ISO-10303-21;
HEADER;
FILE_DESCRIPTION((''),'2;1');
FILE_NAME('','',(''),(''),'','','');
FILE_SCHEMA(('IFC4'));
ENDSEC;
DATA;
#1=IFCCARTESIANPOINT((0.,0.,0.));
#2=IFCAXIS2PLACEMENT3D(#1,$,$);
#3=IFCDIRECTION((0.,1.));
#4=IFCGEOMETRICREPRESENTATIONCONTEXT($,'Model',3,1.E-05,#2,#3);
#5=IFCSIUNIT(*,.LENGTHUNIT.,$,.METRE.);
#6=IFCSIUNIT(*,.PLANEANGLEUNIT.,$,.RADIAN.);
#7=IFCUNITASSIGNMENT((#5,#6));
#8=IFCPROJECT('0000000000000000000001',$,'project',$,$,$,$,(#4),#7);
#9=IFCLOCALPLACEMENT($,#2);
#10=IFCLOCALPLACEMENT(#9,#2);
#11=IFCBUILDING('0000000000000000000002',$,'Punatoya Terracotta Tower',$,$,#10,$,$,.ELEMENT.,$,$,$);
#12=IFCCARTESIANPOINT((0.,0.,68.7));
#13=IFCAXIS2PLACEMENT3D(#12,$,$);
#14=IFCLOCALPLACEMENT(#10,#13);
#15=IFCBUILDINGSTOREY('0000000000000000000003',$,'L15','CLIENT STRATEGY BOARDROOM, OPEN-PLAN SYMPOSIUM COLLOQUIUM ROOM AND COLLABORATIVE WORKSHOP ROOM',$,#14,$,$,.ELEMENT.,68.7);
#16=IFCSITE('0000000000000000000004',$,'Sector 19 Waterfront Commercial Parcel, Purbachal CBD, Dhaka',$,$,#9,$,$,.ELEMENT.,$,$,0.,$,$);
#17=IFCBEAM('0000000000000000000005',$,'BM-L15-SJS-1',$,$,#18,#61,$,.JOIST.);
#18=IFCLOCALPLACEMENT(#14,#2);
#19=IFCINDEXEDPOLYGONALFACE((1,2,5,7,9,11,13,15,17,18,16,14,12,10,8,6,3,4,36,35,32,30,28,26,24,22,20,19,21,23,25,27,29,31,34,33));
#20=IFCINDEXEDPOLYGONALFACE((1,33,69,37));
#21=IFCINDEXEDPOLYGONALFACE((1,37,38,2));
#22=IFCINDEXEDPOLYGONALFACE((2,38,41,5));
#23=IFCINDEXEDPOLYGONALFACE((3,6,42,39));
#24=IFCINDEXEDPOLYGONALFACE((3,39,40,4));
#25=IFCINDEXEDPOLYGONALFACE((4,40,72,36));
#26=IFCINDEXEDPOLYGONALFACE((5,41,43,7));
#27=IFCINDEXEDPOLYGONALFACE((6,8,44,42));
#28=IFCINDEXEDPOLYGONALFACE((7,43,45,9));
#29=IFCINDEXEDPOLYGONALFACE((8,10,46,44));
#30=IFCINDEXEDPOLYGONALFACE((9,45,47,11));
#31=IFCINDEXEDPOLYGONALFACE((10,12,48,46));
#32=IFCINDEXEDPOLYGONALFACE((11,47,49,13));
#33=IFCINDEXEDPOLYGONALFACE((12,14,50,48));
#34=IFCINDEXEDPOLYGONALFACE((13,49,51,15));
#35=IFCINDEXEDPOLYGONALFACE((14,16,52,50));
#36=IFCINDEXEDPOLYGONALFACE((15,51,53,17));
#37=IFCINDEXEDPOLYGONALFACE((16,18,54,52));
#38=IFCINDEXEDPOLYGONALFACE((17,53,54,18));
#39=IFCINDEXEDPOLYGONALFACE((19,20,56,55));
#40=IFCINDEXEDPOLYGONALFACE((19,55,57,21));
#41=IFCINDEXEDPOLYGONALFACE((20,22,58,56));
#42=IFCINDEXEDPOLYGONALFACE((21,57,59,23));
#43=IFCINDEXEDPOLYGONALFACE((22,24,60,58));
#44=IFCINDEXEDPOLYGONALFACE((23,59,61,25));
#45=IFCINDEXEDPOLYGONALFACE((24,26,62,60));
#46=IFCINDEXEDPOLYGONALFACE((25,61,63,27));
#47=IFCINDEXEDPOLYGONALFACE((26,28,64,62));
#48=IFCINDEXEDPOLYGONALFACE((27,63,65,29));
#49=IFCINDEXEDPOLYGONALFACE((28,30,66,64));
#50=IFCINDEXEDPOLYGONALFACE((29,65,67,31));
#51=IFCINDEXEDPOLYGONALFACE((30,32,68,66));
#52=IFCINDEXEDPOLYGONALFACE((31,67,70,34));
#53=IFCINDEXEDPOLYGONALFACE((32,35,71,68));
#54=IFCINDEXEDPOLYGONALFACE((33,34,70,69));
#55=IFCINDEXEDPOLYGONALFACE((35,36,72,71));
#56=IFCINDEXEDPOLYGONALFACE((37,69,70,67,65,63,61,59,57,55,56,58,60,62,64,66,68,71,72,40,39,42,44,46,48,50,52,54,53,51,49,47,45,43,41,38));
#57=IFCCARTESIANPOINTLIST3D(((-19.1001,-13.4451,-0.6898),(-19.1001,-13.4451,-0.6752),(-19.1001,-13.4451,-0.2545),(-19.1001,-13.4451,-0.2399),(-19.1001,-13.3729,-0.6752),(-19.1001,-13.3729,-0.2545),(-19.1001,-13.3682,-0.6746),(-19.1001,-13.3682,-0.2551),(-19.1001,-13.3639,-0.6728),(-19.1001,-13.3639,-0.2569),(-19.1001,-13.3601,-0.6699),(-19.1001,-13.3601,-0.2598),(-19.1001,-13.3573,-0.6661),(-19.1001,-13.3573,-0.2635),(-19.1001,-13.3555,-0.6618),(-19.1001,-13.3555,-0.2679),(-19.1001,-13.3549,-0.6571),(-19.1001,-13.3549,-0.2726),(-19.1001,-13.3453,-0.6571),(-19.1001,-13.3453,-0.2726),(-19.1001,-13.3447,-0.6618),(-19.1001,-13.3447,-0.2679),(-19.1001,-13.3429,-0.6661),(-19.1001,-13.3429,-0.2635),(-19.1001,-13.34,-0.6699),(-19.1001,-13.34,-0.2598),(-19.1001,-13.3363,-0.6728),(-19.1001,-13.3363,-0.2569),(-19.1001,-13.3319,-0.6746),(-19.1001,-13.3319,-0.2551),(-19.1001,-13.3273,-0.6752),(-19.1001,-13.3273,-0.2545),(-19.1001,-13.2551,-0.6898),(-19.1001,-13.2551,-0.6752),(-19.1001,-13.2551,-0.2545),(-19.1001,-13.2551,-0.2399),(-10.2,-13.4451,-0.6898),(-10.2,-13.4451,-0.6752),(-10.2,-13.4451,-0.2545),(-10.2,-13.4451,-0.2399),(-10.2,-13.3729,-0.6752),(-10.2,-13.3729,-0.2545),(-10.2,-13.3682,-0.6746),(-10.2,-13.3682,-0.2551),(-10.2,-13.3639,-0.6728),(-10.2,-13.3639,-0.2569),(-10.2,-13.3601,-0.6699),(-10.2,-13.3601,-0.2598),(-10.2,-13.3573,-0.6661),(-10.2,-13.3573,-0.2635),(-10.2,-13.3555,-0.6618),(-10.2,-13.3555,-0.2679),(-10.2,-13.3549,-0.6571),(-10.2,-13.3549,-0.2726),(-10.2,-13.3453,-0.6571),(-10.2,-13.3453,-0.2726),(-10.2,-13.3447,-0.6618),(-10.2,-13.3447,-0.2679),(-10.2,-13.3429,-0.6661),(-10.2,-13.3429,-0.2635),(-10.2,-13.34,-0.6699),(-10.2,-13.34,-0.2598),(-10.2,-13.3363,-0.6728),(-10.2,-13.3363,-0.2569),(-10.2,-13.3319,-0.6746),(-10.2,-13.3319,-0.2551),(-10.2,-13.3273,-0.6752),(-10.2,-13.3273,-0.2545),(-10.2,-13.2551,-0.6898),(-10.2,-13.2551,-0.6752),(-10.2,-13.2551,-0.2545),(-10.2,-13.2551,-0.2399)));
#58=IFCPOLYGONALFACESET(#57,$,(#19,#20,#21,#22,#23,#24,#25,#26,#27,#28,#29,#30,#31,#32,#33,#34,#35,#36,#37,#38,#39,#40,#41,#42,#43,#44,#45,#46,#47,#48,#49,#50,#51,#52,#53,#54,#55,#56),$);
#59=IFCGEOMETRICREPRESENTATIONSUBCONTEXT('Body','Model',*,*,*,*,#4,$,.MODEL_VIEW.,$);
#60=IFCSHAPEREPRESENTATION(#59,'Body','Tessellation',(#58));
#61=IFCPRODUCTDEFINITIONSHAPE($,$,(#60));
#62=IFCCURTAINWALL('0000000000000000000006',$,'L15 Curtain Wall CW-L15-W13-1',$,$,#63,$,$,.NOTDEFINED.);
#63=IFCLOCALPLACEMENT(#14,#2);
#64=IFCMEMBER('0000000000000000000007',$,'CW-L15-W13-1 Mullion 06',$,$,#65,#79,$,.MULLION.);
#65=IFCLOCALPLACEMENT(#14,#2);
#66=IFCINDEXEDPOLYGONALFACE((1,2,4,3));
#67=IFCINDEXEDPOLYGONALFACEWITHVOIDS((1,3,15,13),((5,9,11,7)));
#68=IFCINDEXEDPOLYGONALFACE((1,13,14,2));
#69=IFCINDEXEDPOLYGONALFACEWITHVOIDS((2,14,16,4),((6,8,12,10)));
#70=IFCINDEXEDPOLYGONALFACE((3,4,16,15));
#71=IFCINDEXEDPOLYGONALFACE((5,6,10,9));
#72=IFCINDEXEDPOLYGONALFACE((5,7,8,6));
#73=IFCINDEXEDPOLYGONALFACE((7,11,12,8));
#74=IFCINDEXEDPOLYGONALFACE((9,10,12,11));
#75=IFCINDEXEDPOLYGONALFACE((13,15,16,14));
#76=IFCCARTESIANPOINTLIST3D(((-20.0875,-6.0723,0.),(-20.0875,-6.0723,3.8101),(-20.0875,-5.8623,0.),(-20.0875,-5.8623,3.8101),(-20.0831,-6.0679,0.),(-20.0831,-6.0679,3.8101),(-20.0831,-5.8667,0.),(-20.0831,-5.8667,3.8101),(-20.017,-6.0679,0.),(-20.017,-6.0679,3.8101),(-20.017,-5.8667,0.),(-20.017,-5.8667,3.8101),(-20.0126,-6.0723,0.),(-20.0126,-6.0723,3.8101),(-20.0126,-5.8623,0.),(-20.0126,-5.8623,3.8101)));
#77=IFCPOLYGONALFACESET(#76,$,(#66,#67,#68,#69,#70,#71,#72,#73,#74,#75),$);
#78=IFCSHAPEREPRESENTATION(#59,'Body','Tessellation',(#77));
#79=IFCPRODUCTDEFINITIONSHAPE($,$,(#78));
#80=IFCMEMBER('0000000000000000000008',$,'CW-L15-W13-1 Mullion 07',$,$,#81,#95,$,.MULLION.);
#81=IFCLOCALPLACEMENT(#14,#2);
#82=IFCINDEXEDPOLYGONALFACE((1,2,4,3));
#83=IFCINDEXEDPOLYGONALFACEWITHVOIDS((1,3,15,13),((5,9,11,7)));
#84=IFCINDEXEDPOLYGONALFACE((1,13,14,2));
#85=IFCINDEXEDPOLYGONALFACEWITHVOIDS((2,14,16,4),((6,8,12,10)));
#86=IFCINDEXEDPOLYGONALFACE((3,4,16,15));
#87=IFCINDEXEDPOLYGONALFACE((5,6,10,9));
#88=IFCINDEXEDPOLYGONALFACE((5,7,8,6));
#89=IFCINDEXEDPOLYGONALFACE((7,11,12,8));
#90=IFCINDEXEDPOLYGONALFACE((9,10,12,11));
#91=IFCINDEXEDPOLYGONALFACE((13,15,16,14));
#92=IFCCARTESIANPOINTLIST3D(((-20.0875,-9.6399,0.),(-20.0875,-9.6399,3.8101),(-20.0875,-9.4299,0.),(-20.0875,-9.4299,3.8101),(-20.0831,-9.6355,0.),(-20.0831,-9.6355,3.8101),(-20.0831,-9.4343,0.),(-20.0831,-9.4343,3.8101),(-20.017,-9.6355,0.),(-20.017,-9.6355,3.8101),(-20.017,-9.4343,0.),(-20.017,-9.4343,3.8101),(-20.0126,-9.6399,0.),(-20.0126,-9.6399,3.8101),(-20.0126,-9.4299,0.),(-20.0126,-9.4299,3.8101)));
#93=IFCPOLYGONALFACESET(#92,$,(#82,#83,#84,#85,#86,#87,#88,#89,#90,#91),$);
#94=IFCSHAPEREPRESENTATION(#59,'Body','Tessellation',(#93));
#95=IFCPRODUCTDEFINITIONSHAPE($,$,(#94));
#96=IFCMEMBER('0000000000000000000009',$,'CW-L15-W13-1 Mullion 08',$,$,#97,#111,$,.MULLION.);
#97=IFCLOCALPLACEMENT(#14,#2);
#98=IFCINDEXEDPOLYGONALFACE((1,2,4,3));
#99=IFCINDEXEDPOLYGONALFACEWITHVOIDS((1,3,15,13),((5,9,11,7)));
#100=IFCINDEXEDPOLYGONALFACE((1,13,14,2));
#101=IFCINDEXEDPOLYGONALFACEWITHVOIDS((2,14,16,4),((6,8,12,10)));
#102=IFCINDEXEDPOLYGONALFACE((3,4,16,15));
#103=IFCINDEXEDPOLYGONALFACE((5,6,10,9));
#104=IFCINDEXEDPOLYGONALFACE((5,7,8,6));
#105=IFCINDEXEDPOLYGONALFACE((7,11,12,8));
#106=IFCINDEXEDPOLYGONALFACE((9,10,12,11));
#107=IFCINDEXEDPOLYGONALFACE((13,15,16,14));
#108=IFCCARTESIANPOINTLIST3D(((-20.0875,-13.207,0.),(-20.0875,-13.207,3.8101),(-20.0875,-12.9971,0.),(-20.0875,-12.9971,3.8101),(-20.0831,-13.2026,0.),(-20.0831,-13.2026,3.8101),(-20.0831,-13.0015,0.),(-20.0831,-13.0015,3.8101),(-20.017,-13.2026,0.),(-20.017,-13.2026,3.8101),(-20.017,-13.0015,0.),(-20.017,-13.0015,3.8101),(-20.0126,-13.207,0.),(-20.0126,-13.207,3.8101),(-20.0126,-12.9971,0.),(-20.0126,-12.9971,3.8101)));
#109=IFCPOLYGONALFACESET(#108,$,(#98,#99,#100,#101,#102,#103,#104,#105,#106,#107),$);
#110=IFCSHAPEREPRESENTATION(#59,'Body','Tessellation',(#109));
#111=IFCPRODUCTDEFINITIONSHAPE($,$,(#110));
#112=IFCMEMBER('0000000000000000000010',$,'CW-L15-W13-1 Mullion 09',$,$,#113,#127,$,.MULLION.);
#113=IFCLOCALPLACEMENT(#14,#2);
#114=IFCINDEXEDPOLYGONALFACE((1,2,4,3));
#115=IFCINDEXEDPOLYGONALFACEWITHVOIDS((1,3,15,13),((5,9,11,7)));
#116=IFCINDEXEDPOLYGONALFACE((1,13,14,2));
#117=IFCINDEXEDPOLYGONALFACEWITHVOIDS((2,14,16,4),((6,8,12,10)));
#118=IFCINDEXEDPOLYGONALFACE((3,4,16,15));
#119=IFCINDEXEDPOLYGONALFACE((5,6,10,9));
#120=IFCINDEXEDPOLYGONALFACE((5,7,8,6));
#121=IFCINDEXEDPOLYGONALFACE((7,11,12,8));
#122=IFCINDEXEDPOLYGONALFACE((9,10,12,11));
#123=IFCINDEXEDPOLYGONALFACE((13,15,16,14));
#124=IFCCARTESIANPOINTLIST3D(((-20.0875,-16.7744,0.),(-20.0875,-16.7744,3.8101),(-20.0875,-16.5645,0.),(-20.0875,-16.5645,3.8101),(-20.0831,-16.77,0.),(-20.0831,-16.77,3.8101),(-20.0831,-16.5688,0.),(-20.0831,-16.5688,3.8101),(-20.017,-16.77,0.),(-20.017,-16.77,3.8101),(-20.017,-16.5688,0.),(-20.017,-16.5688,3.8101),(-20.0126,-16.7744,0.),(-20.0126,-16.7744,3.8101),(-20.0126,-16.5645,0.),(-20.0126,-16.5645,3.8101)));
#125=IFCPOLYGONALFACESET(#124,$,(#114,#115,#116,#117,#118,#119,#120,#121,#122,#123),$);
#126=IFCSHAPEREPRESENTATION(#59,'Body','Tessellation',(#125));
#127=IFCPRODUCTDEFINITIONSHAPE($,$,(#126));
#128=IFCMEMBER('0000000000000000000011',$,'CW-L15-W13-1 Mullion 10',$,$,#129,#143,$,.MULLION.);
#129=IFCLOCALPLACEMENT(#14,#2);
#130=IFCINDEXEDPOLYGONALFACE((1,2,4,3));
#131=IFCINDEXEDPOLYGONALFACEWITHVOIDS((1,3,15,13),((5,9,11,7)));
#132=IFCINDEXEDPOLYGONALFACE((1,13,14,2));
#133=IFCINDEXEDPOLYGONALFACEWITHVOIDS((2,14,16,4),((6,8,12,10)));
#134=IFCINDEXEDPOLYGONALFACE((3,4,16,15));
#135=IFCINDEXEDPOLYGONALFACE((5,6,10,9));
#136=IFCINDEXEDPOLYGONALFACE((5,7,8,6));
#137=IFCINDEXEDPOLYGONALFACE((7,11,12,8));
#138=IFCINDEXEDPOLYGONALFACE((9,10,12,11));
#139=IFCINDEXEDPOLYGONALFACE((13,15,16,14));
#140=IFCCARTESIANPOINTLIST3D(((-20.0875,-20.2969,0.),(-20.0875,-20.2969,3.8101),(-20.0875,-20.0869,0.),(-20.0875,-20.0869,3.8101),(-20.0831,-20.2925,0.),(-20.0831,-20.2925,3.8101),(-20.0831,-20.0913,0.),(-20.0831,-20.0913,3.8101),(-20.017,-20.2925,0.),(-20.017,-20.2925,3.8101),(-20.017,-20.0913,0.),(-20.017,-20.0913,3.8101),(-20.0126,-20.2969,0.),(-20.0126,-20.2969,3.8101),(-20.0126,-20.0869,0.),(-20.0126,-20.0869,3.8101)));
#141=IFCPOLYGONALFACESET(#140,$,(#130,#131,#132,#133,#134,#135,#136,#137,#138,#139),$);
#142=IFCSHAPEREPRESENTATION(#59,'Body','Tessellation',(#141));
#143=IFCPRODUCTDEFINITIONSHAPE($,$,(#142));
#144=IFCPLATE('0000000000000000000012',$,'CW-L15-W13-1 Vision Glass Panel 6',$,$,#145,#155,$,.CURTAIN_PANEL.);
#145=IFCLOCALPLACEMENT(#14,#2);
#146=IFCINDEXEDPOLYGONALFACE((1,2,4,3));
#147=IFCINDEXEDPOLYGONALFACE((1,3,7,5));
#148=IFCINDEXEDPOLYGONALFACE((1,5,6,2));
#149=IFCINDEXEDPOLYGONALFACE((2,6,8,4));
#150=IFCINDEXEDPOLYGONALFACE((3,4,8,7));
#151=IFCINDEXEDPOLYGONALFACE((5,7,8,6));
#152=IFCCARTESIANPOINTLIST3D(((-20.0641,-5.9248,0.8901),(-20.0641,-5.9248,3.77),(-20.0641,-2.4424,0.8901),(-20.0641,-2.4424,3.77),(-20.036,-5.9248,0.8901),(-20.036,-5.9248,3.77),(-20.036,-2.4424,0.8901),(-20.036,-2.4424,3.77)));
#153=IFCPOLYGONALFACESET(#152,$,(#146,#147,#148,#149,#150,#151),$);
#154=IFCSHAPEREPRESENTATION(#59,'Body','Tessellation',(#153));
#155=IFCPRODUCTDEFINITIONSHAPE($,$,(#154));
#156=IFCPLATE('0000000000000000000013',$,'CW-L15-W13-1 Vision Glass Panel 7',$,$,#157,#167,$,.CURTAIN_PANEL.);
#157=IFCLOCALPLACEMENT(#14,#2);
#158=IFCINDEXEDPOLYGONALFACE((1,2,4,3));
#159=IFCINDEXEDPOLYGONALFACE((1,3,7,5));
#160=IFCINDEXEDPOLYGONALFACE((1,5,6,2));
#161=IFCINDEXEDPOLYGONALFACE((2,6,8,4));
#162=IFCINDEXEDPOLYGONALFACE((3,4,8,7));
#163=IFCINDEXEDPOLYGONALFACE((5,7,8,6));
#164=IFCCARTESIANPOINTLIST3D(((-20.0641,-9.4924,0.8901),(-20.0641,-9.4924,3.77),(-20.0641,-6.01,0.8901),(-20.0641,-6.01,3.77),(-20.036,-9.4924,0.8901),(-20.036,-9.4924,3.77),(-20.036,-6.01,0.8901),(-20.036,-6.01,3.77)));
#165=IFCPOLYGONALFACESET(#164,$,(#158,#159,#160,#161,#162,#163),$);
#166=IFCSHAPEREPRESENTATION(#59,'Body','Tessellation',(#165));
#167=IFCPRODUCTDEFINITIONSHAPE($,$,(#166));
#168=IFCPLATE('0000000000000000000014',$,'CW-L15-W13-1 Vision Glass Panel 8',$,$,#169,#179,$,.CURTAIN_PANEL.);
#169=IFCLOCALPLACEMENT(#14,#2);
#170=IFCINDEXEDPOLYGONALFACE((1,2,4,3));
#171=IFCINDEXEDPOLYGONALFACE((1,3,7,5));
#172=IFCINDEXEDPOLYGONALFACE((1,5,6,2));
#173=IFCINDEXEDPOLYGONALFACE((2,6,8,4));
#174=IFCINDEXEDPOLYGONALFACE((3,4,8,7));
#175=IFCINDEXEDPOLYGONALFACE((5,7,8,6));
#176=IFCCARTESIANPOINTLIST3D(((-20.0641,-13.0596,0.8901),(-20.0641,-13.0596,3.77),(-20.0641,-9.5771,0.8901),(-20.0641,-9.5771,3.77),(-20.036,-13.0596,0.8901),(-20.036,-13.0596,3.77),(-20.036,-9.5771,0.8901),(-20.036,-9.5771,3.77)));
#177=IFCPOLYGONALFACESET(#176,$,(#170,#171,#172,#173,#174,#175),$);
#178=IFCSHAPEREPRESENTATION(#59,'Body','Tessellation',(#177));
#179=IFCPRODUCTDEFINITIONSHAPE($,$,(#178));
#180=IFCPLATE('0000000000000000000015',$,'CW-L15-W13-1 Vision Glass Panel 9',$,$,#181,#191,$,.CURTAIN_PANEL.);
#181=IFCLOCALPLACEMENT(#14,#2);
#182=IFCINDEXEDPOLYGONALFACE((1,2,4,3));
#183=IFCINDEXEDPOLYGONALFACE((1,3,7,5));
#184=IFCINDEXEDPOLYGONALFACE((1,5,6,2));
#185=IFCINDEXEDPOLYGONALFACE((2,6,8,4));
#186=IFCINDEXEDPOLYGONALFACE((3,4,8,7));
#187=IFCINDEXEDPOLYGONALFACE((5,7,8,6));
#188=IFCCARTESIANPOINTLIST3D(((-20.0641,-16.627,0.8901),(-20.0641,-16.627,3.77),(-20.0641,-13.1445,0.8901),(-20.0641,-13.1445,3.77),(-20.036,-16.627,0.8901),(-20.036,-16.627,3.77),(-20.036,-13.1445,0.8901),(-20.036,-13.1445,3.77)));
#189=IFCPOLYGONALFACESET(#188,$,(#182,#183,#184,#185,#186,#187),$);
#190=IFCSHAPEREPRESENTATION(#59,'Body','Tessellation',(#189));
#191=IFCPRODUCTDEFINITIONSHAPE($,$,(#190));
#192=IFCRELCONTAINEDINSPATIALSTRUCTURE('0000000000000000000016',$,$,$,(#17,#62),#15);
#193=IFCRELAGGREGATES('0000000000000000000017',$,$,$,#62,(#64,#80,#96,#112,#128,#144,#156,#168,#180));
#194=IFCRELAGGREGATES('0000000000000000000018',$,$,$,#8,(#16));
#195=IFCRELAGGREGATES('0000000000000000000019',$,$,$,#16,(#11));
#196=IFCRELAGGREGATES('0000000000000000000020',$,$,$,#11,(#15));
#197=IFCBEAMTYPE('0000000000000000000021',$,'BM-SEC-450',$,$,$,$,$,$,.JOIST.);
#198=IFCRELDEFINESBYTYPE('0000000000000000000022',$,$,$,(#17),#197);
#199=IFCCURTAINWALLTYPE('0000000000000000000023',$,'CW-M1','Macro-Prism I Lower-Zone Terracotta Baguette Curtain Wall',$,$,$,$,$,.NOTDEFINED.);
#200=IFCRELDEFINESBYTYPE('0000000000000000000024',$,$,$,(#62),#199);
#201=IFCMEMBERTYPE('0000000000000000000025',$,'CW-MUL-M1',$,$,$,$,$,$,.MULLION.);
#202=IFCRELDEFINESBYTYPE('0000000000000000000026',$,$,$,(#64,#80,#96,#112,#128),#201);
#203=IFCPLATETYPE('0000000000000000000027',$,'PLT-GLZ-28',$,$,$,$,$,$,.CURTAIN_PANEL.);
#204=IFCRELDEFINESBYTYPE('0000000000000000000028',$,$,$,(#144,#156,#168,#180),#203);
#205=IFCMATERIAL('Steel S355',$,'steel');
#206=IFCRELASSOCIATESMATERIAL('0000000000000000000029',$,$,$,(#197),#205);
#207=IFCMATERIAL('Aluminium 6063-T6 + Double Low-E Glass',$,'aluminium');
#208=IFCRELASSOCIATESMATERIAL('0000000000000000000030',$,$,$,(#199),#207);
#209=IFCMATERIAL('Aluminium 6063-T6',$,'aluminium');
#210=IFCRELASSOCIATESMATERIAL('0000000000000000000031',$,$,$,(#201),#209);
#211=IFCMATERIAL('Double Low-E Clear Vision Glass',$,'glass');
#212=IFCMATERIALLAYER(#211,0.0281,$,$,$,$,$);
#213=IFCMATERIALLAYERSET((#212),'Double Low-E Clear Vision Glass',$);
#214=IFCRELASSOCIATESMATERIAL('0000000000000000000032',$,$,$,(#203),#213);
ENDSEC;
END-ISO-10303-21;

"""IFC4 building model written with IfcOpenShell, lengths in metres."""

from ifc_helpers import new_model, si_unit, direction, frame, origin, origin_2d, place, context, subcontext, project, spatial, rectangle, hollow_rectangle, i_section, extrude, material, layer, layer_set, material_profile, profile_set, type_object, element, aggregate, save


model = new_model("IFC4")

# Units and contexts
model_context = context("Model", 3, precision=1e-05, world=origin(), true_north=direction((0.0, 1.0)))
body_context = subcontext(model_context, "Body", "Model", "MODEL_VIEW")
ifc_project = project(units=[si_unit("LENGTHUNIT", "METRE"), si_unit("PLANEANGLEUNIT", "RADIAN")], contexts=[model_context])

# Site, building, storey
site_placement = place(None, origin())
site = spatial("IfcSite", under=ifc_project, at=site_placement, Name="Sector 19 Waterfront Commercial Parcel, Purbachal CBD, Dhaka", CompositionType="ELEMENT", RefElevation=0.0)
building_placement = place(site_placement, origin())
building = spatial("IfcBuilding", under=site, at=building_placement, Name="Punatoya Terracotta Tower", CompositionType="ELEMENT")
storey_placement = place(building_placement, frame((0.0, 0.0, 68.7)))
storey = spatial("IfcBuildingStorey", under=building, at=storey_placement, Name="L15", Description="CLIENT STRATEGY BOARDROOM, OPEN-PLAN SYMPOSIUM COLLOQUIUM ROOM AND COLLABORATIVE WORKSHOP ROOM", CompositionType="ELEMENT", Elevation=68.7)

# Beam
ifc_material_1 = material(Name="Steel S355", Category="steel")
ifc_material_profile_1 = material_profile(ifc_material_1, i_section(OverallWidth=0.1899, OverallDepth=0.45, WebThickness=0.0095, FlangeThickness=0.0146, FilletRadius=0.0181, at=origin_2d()))
ifc_profile_set_1 = profile_set([ifc_material_profile_1], Name="Steel S355")
beam_type_1 = type_object("IfcBeamType", Name="BM-SEC-450", PredefinedType="JOIST", material=ifc_profile_set_1)
beam_1_placement = place(storey_placement, frame((-19.1001, -13.3501, -0.4648), z_axis=(1.0, 0.0, 0.0), x_axis=(0.0, 1.0, 0.0)))
element("IfcBeam", 1, at=beam_1_placement, inside=storey, type_object=beam_type_1, Name="BM-L15-SJS-1", PredefinedType="JOIST", context=body_context, shape_type="SweptSolid", body=[
    extrude(i_section(OverallWidth=0.1899, OverallDepth=0.45, WebThickness=0.0095, FlangeThickness=0.0146, FilletRadius=0.0181, at=origin_2d()), origin(), (0.0, 0.0, 1.0), 8.9001),
])

# Curtain wall, members, plates
ifc_material_2 = material(Name="Aluminium 6063-T6 + Double Low-E Glass", Category="aluminium")
curtain_wall_type = type_object("IfcCurtainWallType", Name="CW-M1", Description="Macro-Prism I Lower-Zone Terracotta Baguette Curtain Wall", PredefinedType="NOTDEFINED", material=ifc_material_2)
curtain_wall_placement = place(storey_placement, origin())
curtain_wall = element("IfcCurtainWall", 2, at=curtain_wall_placement, inside=storey, type_object=curtain_wall_type, Name="L15 Curtain Wall CW-L15-W13-1", PredefinedType="NOTDEFINED")
ifc_material_3 = material(Name="Aluminium 6063-T6", Category="aluminium")
ifc_material_profile_2 = material_profile(ifc_material_3, hollow_rectangle(XDim=0.075, YDim=0.21, WallThickness=0.0044, at=origin_2d()))
ifc_profile_set_2 = profile_set([ifc_material_profile_2], Name="Aluminium 6063-T6")
member_type = type_object("IfcMemberType", Name="CW-MUL-M1", PredefinedType="MULLION", material=ifc_profile_set_2)
member_1_placement = place(storey_placement, frame((-20.05, -5.9673, 0.0), z_axis=(0.0, 0.0, 1.0), x_axis=(1.0, 0.0, 0.0)))
member_1 = element("IfcMember", 3, at=member_1_placement, type_object=member_type, Name="CW-L15-W13-1 Mullion 06", PredefinedType="MULLION", context=body_context, shape_type="SweptSolid", body=[
    extrude(hollow_rectangle(XDim=0.075, YDim=0.21, WallThickness=0.0044, at=origin_2d()), origin(), (0.0, 0.0, 1.0), 3.8101),
])
member_2_placement = place(storey_placement, frame((-20.05, -9.5349, 0.0), z_axis=(0.0, 0.0, 1.0), x_axis=(1.0, 0.0, 0.0)))
member_2 = element("IfcMember", 4, at=member_2_placement, type_object=member_type, Name="CW-L15-W13-1 Mullion 07", PredefinedType="MULLION", context=body_context, shape_type="SweptSolid", body=[
    extrude(hollow_rectangle(XDim=0.075, YDim=0.21, WallThickness=0.0044, at=origin_2d()), origin(), (0.0, 0.0, 1.0), 3.8101),
])
member_3_placement = place(storey_placement, frame((-20.05, -13.1021, 0.0), z_axis=(0.0, 0.0, 1.0), x_axis=(1.0, 0.0, 0.0)))
member_3 = element("IfcMember", 5, at=member_3_placement, type_object=member_type, Name="CW-L15-W13-1 Mullion 08", PredefinedType="MULLION", context=body_context, shape_type="SweptSolid", body=[
    extrude(hollow_rectangle(XDim=0.075, YDim=0.21, WallThickness=0.0044, at=origin_2d()), origin(), (0.0, 0.0, 1.0), 3.8101),
])
member_4_placement = place(storey_placement, frame((-20.05, -16.6694, 0.0), z_axis=(0.0, 0.0, 1.0), x_axis=(1.0, 0.0, 0.0)))
member_4 = element("IfcMember", 6, at=member_4_placement, type_object=member_type, Name="CW-L15-W13-1 Mullion 09", PredefinedType="MULLION", context=body_context, shape_type="SweptSolid", body=[
    extrude(hollow_rectangle(XDim=0.075, YDim=0.21, WallThickness=0.0044, at=origin_2d()), origin(), (0.0, 0.0, 1.0), 3.8101),
])
member_5_placement = place(storey_placement, frame((-20.05, -20.1919, 0.0), z_axis=(0.0, 0.0, 1.0), x_axis=(1.0, 0.0, 0.0)))
member_5 = element("IfcMember", 7, at=member_5_placement, type_object=member_type, Name="CW-L15-W13-1 Mullion 10", PredefinedType="MULLION", context=body_context, shape_type="SweptSolid", body=[
    extrude(hollow_rectangle(XDim=0.075, YDim=0.21, WallThickness=0.0044, at=origin_2d()), origin(), (0.0, 0.0, 1.0), 3.8101),
])
ifc_material_4 = material(Name="Double Low-E Clear Vision Glass", Category="glass")
ifc_layer_1 = layer(ifc_material_4, 0.0281)
ifc_layer_set_1 = layer_set([ifc_layer_1], Name="Double Low-E Clear Vision Glass")
plate_type_1 = type_object("IfcPlateType", Name="PLT-GLZ-28", PredefinedType="CURTAIN_PANEL", material=ifc_layer_set_1)
plate_1_placement = place(storey_placement, frame((-20.05, -4.1836, 0.8901), z_axis=(0.0, 0.0, 1.0), x_axis=(0.0, -1.0, 0.0)))
plate_1 = element("IfcPlate", 8, at=plate_1_placement, type_object=plate_type_1, Name="CW-L15-W13-1 Vision Glass Panel 6", PredefinedType="CURTAIN_PANEL", context=body_context, shape_type="SweptSolid", body=[
    extrude(rectangle(XDim=3.4824, YDim=0.0281, at=origin_2d()), origin(), (0.0, 0.0, 1.0), 2.8799),
])
plate_2_placement = place(storey_placement, frame((-20.05, -7.7512, 0.8901), z_axis=(0.0, 0.0, 1.0), x_axis=(0.0, -1.0, 0.0)))
plate_2 = element("IfcPlate", 9, at=plate_2_placement, type_object=plate_type_1, Name="CW-L15-W13-1 Vision Glass Panel 7", PredefinedType="CURTAIN_PANEL", context=body_context, shape_type="SweptSolid", body=[
    extrude(rectangle(XDim=3.4824, YDim=0.0281, at=origin_2d()), origin(), (0.0, 0.0, 1.0), 2.8799),
])
plate_3_placement = place(storey_placement, frame((-20.05, -11.3184, 0.8901), z_axis=(0.0, 0.0, 1.0), x_axis=(0.0, -1.0, 0.0)))
plate_3 = element("IfcPlate", 10, at=plate_3_placement, type_object=plate_type_1, Name="CW-L15-W13-1 Vision Glass Panel 8", PredefinedType="CURTAIN_PANEL", context=body_context, shape_type="SweptSolid", body=[
    extrude(rectangle(XDim=3.4824, YDim=0.0281, at=origin_2d()), origin(), (0.0, 0.0, 1.0), 2.8799),
])
plate_4_placement = place(storey_placement, frame((-20.05, -14.8857, 0.8901), z_axis=(0.0, 0.0, 1.0), x_axis=(0.0, -1.0, 0.0)))
plate_4 = element("IfcPlate", 11, at=plate_4_placement, type_object=plate_type_1, Name="CW-L15-W13-1 Vision Glass Panel 9", PredefinedType="CURTAIN_PANEL", context=body_context, shape_type="SweptSolid", body=[
    extrude(rectangle(XDim=3.4824, YDim=0.0281, at=origin_2d()), origin(), (0.0, 0.0, 1.0), 2.8799),
])
aggregate(curtain_wall, [member_1, member_2, member_3, member_4, member_5, plate_1, plate_2, plate_3, plate_4])

save(model, "model.ifc")
